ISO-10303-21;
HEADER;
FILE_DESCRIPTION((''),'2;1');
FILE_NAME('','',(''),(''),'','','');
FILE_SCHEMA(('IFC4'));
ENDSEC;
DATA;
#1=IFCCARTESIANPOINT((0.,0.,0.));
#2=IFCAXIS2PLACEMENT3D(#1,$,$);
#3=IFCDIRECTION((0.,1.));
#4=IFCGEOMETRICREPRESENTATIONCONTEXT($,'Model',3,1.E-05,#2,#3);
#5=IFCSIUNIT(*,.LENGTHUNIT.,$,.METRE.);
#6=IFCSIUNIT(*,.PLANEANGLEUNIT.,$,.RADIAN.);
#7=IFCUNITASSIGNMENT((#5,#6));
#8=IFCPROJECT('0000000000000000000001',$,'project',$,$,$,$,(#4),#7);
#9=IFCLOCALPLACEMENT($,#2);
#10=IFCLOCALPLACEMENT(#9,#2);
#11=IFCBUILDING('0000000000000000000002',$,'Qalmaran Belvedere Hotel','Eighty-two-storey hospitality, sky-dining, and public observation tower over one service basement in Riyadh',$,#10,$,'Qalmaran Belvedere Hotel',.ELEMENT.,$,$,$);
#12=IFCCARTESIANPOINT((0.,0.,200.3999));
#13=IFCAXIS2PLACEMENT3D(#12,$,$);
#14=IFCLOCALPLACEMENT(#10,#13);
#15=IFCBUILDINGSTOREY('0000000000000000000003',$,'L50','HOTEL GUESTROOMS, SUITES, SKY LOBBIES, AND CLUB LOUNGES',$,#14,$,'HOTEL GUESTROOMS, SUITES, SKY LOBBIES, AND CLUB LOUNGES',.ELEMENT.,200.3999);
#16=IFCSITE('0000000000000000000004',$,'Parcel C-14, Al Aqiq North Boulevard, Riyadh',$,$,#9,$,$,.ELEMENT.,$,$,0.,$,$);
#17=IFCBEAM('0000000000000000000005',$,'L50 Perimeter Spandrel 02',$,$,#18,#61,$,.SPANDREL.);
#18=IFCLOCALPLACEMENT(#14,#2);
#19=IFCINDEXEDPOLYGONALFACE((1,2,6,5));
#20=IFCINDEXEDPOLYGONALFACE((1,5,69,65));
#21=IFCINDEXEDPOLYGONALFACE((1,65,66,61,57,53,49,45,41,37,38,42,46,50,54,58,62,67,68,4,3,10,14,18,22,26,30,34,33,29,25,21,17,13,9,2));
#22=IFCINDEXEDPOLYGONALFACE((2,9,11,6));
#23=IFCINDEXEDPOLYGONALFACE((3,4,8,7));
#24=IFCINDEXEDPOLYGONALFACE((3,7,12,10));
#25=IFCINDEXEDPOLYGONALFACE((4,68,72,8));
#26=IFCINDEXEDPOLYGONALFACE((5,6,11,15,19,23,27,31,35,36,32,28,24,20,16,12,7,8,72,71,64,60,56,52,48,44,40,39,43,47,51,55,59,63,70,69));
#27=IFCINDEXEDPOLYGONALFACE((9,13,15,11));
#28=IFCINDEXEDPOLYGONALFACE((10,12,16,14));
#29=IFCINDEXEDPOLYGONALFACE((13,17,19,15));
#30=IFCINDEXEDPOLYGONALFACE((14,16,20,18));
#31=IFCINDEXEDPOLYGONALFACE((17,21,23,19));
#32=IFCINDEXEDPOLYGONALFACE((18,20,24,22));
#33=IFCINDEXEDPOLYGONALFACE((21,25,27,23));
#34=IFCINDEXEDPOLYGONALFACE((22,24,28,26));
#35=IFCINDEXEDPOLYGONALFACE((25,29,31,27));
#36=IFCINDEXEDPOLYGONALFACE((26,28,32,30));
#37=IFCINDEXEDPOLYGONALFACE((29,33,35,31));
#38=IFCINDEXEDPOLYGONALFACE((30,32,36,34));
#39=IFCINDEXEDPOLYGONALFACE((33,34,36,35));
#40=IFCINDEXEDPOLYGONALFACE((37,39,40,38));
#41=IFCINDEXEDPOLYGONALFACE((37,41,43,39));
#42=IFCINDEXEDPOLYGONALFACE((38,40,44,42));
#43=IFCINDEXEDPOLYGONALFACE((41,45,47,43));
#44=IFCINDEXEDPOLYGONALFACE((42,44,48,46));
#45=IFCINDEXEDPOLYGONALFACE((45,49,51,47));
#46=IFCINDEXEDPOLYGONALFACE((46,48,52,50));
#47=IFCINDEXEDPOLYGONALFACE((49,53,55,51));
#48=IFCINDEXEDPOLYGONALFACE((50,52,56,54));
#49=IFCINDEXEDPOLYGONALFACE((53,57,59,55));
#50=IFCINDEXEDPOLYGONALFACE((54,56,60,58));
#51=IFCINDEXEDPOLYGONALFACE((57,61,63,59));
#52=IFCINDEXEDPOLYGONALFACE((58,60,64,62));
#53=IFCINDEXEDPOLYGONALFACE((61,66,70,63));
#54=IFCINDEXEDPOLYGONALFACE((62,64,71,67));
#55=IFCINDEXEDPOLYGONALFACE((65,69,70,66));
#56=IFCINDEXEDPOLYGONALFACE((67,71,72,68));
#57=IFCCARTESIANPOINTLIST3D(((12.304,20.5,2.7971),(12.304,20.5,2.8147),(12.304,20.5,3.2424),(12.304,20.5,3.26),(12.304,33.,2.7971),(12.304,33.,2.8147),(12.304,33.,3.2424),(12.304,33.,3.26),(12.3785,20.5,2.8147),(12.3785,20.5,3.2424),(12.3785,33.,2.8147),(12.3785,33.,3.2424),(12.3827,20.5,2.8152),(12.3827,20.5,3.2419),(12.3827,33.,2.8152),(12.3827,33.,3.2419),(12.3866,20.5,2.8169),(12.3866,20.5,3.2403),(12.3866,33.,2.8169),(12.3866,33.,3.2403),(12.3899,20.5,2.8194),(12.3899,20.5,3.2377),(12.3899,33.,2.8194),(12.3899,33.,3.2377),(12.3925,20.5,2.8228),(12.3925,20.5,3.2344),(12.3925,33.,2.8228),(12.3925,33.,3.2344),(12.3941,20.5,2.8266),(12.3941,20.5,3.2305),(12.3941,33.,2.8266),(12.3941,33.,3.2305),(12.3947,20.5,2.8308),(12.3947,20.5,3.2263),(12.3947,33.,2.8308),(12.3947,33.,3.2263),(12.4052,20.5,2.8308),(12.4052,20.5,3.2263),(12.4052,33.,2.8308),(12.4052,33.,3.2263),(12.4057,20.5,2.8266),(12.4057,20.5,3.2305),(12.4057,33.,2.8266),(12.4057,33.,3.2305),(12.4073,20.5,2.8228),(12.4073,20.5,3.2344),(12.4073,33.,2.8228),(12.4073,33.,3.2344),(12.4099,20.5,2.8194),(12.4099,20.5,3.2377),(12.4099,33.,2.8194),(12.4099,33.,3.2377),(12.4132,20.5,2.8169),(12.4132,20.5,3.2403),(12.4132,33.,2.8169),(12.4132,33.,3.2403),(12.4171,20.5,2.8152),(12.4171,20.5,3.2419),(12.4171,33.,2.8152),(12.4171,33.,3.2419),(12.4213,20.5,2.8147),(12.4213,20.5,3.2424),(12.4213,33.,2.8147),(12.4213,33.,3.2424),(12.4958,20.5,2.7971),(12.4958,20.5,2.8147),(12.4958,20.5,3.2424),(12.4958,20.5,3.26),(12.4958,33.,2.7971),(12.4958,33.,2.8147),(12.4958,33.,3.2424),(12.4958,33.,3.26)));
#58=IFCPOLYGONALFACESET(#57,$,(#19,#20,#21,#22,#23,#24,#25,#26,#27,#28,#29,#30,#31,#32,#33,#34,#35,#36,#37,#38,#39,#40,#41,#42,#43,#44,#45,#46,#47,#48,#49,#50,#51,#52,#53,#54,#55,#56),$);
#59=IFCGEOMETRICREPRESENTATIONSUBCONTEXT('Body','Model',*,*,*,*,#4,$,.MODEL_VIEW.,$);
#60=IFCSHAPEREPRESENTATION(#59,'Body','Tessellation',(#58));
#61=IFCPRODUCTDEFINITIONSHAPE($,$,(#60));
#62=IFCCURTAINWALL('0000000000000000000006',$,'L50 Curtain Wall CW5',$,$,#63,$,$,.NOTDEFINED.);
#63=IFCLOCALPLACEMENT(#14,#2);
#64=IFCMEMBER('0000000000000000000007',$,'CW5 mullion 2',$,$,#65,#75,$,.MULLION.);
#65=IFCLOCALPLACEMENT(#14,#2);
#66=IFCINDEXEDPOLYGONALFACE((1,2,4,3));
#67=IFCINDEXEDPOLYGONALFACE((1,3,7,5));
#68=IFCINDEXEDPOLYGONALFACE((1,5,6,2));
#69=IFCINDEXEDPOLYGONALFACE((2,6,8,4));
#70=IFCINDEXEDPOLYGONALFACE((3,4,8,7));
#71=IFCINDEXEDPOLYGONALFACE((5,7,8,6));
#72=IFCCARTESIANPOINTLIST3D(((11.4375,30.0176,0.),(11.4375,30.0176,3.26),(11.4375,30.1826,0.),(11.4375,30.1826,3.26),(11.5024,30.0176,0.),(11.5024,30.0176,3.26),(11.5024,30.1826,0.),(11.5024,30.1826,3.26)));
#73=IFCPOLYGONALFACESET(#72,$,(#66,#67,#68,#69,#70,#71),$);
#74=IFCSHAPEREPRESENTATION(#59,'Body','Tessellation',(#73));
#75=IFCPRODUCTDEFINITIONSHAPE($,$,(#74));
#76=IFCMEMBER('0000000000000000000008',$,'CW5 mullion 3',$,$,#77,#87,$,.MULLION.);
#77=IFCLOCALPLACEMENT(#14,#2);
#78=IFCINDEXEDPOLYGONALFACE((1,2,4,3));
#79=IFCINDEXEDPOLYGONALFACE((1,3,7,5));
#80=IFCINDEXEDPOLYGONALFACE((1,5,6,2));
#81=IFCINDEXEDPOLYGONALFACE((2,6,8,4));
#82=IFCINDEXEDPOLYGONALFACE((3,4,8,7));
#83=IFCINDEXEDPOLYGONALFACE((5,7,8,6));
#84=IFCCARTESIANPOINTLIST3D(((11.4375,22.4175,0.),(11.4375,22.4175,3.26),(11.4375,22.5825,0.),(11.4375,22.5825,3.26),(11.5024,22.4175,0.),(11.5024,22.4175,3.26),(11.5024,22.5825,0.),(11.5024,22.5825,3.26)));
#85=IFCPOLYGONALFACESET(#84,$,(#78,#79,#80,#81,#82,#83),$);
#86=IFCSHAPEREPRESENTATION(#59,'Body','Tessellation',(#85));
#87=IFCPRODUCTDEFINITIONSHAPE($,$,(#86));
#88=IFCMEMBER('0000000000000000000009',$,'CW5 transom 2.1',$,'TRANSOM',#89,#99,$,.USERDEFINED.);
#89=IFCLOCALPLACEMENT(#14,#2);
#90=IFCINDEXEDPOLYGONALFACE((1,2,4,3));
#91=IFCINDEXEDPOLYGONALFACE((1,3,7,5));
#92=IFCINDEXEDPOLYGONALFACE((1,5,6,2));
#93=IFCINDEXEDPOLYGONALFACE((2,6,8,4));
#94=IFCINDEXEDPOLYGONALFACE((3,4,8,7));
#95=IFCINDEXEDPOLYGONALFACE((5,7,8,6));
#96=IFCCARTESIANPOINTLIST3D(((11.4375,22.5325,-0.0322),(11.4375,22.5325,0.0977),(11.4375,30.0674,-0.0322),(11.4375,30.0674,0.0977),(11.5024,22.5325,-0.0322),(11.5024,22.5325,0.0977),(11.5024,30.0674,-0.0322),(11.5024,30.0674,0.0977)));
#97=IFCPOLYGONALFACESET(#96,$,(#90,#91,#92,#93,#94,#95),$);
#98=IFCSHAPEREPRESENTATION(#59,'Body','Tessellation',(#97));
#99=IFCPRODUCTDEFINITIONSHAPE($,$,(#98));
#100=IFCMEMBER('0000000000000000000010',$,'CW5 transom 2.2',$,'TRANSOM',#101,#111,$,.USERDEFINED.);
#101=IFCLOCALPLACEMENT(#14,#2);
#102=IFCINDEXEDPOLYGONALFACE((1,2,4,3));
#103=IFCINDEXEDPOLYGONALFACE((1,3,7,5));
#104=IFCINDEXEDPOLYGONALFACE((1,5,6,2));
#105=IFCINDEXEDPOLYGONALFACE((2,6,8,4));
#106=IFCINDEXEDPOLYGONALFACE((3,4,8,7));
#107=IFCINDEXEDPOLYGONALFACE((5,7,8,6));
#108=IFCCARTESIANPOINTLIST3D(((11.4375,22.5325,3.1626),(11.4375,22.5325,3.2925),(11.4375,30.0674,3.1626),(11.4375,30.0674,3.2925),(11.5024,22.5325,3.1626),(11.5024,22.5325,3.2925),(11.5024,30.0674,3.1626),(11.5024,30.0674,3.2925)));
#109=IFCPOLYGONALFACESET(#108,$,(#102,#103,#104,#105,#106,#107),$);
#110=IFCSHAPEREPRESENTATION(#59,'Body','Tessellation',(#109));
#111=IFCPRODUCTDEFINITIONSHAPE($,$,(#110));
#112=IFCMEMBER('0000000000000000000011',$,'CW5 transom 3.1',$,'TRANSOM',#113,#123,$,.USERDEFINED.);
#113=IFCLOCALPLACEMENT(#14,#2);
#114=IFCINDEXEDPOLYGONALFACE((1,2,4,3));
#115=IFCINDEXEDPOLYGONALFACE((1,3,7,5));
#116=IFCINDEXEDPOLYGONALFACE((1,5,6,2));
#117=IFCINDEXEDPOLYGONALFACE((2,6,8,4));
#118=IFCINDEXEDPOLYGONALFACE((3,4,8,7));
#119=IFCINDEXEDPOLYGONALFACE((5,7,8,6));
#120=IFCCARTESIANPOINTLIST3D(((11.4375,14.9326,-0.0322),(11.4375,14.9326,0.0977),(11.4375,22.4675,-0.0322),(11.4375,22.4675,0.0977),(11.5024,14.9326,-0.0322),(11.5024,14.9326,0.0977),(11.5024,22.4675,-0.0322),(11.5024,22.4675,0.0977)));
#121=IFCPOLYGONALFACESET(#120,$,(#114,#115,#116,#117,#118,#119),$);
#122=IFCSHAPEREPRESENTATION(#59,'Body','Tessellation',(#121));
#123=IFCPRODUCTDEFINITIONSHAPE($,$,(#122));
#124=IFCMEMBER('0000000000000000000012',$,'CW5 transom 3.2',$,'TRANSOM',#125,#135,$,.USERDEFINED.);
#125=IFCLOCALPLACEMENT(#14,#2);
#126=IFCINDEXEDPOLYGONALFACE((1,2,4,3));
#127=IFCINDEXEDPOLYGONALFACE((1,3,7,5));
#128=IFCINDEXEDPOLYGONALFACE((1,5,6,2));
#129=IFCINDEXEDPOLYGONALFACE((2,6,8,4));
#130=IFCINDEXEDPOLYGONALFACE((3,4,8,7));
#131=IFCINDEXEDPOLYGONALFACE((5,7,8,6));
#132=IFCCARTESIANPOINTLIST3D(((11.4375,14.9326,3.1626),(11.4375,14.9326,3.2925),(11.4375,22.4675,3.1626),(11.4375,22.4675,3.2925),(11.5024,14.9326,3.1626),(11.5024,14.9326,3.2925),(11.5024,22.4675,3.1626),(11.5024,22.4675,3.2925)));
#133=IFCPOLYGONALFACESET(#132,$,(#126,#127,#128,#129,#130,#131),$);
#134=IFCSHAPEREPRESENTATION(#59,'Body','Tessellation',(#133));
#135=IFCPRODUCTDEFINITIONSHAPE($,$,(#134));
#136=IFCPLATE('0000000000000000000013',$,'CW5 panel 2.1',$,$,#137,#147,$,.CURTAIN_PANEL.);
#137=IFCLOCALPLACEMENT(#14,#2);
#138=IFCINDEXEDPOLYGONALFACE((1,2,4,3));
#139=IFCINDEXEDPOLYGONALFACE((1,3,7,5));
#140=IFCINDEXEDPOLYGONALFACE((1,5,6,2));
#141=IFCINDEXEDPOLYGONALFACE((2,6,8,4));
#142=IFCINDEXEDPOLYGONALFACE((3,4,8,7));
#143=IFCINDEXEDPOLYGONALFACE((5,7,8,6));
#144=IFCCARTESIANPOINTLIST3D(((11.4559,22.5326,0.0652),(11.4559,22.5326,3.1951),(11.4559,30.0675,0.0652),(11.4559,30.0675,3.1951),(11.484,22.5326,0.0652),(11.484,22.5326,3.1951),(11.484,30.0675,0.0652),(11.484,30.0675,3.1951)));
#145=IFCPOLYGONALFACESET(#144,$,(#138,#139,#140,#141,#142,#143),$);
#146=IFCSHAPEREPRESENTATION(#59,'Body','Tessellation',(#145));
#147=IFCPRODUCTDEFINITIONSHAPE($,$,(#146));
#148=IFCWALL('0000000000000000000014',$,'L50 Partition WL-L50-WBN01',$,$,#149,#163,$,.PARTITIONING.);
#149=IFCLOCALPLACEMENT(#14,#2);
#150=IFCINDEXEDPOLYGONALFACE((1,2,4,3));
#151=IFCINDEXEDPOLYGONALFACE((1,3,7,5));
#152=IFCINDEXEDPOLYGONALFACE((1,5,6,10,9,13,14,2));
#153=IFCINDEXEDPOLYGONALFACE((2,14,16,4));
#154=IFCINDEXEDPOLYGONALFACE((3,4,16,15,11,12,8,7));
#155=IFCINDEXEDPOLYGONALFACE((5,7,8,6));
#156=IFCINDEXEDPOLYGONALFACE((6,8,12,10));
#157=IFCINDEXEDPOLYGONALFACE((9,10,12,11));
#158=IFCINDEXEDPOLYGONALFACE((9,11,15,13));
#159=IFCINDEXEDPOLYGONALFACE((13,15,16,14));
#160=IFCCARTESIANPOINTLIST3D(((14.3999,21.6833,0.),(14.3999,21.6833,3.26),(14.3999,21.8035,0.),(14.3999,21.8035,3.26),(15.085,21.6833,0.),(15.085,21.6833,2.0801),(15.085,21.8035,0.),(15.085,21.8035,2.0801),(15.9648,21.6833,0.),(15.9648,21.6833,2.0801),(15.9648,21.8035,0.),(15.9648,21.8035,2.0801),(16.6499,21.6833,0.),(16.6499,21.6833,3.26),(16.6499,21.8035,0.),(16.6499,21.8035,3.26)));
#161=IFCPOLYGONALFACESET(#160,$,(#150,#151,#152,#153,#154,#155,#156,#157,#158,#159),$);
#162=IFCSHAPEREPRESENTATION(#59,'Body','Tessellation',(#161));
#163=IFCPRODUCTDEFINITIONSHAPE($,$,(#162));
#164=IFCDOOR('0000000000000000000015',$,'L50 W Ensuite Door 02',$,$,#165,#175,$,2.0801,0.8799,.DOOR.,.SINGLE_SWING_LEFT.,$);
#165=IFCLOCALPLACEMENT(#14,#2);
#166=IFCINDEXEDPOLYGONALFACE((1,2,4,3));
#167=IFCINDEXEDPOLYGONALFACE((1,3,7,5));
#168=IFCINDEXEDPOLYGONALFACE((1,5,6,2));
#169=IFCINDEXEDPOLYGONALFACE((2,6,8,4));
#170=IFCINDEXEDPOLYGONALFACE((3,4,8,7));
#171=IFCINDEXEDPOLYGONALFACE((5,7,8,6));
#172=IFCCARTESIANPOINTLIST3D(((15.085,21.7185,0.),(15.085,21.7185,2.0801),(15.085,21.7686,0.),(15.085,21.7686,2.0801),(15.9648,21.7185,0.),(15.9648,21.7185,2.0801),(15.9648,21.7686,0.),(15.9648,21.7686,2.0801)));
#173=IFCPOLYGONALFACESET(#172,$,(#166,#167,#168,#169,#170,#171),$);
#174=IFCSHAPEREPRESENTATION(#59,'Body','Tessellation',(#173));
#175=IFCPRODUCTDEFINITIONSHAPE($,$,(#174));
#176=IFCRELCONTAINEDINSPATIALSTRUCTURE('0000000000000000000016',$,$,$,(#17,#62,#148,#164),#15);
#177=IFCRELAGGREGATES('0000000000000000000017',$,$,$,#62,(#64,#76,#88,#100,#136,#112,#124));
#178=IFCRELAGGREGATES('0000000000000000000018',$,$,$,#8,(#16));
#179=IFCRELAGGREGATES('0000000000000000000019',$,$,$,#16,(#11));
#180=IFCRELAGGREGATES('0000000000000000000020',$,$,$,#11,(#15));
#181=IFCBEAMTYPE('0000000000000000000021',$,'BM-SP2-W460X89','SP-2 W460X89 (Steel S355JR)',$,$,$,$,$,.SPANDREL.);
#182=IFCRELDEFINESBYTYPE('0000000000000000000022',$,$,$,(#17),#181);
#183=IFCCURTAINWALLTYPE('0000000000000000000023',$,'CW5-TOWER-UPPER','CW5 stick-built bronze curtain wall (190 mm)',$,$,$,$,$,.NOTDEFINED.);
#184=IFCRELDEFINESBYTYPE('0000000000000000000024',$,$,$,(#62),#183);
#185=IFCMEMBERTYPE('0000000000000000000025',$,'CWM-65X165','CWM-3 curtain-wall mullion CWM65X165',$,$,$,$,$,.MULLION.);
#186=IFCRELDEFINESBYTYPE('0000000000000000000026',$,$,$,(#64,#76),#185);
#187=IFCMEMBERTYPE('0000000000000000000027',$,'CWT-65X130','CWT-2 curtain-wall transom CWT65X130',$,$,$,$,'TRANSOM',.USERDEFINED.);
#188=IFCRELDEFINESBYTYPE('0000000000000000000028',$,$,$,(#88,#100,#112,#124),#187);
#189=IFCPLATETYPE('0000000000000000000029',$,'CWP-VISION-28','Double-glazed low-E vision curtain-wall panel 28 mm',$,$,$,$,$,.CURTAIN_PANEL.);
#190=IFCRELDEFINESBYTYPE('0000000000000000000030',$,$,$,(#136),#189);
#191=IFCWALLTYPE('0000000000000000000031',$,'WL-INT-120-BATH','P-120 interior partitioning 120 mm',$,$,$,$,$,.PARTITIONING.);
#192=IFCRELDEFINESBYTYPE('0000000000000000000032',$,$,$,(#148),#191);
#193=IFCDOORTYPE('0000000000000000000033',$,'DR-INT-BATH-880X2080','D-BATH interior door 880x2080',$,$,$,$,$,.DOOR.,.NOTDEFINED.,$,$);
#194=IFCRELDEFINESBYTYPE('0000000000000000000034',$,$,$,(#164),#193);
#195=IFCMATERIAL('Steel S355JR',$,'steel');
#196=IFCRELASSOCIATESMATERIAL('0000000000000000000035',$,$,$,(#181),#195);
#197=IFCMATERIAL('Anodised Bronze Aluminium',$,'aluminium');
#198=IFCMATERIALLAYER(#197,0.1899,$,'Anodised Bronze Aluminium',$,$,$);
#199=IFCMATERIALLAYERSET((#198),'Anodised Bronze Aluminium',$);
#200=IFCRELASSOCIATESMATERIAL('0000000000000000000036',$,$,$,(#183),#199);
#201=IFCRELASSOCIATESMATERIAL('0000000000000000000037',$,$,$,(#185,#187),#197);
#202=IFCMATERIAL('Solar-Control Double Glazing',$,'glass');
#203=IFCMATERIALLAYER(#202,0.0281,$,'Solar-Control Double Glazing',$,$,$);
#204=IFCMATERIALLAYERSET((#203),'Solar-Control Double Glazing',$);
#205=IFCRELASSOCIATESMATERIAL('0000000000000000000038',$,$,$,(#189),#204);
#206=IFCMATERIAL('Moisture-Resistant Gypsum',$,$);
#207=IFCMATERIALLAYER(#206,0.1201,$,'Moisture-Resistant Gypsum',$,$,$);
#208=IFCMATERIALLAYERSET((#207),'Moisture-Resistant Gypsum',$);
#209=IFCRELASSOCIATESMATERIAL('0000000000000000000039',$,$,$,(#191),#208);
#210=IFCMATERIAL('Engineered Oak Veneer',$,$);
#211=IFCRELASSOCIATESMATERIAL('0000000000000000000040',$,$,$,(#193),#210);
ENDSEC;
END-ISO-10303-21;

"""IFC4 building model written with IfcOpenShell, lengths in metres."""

from ifc_helpers import new_model, si_unit, direction, frame, frame_2d, origin, origin_2d, place, context, subcontext, project, spatial, rectangle, i_section, extrude, material, layer, layer_set, material_profile, profile_set, type_object, element, fill, aggregate, save


model = new_model("IFC4")

# Units and contexts
model_context = context("Model", 3, precision=1e-05, world=origin(), true_north=direction((0.0, 1.0)))
body_context = subcontext(model_context, "Body", "Model", "MODEL_VIEW")
ifc_project = project(units=[si_unit("LENGTHUNIT", "METRE"), si_unit("PLANEANGLEUNIT", "RADIAN")], contexts=[model_context])

# Site, building, storey
site_placement = place(None, origin())
site = spatial("IfcSite", under=ifc_project, at=site_placement, Name="Parcel C-14, Al Aqiq North Boulevard, Riyadh", CompositionType="ELEMENT", RefElevation=0.0)
building_placement = place(site_placement, origin())
building = spatial("IfcBuilding", under=site, at=building_placement, Name="Qalmaran Belvedere Hotel", Description="Eighty-two-storey hospitality, sky-dining, and public observation tower over one service basement in Riyadh", LongName="Qalmaran Belvedere Hotel", CompositionType="ELEMENT")
storey_placement = place(building_placement, frame((0.0, 0.0, 200.3999)))
storey = spatial("IfcBuildingStorey", under=building, at=storey_placement, Name="L50", Description="HOTEL GUESTROOMS, SUITES, SKY LOBBIES, AND CLUB LOUNGES", LongName="HOTEL GUESTROOMS, SUITES, SKY LOBBIES, AND CLUB LOUNGES", CompositionType="ELEMENT", Elevation=200.3999)

# Beam
ifc_material_1 = material(Name="Steel S355JR", Category="steel")
ifc_material_profile_1 = material_profile(ifc_material_1, i_section(OverallWidth=0.1919, OverallDepth=0.4629, WebThickness=0.0105, FlangeThickness=0.0176, FilletRadius=0.0161, at=origin_2d()), Name="W460X89")
ifc_profile_set_1 = profile_set([ifc_material_profile_1], Name="Steel S355JR")
beam_type_1 = type_object("IfcBeamType", Name="BM-SP2-W460X89", Description="SP-2 W460X89 (Steel S355JR)", PredefinedType="SPANDREL", material=ifc_profile_set_1)
beam_1_placement = place(storey_placement, frame((12.3999, 20.5, 3.0286), z_axis=(0.0, 1.0, 0.0), x_axis=(-1.0, 0.0, 0.0)))
element("IfcBeam", 1, at=beam_1_placement, inside=storey, type_object=beam_type_1, Name="L50 Perimeter Spandrel 02", PredefinedType="SPANDREL", context=body_context, shape_type="SweptSolid", body=[
    extrude(i_section(OverallWidth=0.1919, OverallDepth=0.4629, WebThickness=0.0105, FlangeThickness=0.0176, FilletRadius=0.0161, at=origin_2d()), origin(), (0.0, 0.0, 1.0), 12.5),
])

# Curtain wall, members, plate
ifc_material_2 = material(Name="Anodised Bronze Aluminium", Category="aluminium")
ifc_layer_1 = layer(ifc_material_2, 0.1899, Name="Anodised Bronze Aluminium")
ifc_layer_set_1 = layer_set([ifc_layer_1], Name="Anodised Bronze Aluminium")
curtain_wall_type = type_object("IfcCurtainWallType", Name="CW5-TOWER-UPPER", Description="CW5 stick-built bronze curtain wall (190 mm)", PredefinedType="NOTDEFINED", material=ifc_layer_set_1)
curtain_wall_placement = place(storey_placement, origin())
curtain_wall = element("IfcCurtainWall", 2, at=curtain_wall_placement, inside=storey, type_object=curtain_wall_type, Name="L50 Curtain Wall CW5", PredefinedType="NOTDEFINED")
ifc_material_profile_2 = material_profile(ifc_material_2, rectangle(XDim=0.0649, YDim=0.165, at=origin_2d()), Name="CWM65X165")
ifc_profile_set_2 = profile_set([ifc_material_profile_2], Name="Anodised Bronze Aluminium")
member_type_1 = type_object("IfcMemberType", Name="CWM-65X165", Description="CWM-3 curtain-wall mullion CWM65X165", PredefinedType="MULLION", material=ifc_profile_set_2)
member_1_placement = place(storey_placement, frame((11.47, 30.1001, 0.0), z_axis=(0.0, 0.0, 1.0), x_axis=(1.0, 0.0, 0.0)))
member_1 = element("IfcMember", 3, at=member_1_placement, type_object=member_type_1, Name="CW5 mullion 2", PredefinedType="MULLION", context=body_context, shape_type="SweptSolid", body=[
    extrude(rectangle(XDim=0.0649, YDim=0.165, at=origin_2d()), origin(), (0.0, 0.0, 1.0), 3.26),
])
member_2_placement = place(storey_placement, frame((11.47, 22.5, 0.0), z_axis=(0.0, 0.0, 1.0), x_axis=(1.0, 0.0, 0.0)))
member_2 = element("IfcMember", 4, at=member_2_placement, type_object=member_type_1, Name="CW5 mullion 3", PredefinedType="MULLION", context=body_context, shape_type="SweptSolid", body=[
    extrude(rectangle(XDim=0.0649, YDim=0.165, at=origin_2d()), origin(), (0.0, 0.0, 1.0), 3.26),
])
ifc_material_profile_3 = material_profile(ifc_material_2, rectangle(XDim=0.0649, YDim=0.1299, at=origin_2d()), Name="CWT65X130")
ifc_profile_set_3 = profile_set([ifc_material_profile_3], Name="Anodised Bronze Aluminium")
member_type_2 = type_object("IfcMemberType", Name="CWT-65X130", Description="CWT-2 curtain-wall transom CWT65X130", ElementType="TRANSOM", PredefinedType="USERDEFINED", material=ifc_profile_set_3)
member_3_placement = place(storey_placement, frame((11.47, 30.0674, 0.0327), z_axis=(0.0, -1.0, 0.0), x_axis=(1.0, 0.0, 0.0)))
member_3 = element("IfcMember", 5, at=member_3_placement, type_object=member_type_2, Name="CW5 transom 2.1", ObjectType="TRANSOM", PredefinedType="USERDEFINED", context=body_context, shape_type="SweptSolid", body=[
    extrude(rectangle(XDim=0.0649, YDim=0.1299, at=origin_2d()), origin(), (0.0, 0.0, 1.0), 7.5349),
])
member_4_placement = place(storey_placement, frame((11.47, 30.0674, 3.2275), z_axis=(0.0, -1.0, 0.0), x_axis=(1.0, 0.0, 0.0)))
member_4 = element("IfcMember", 6, at=member_4_placement, type_object=member_type_2, Name="CW5 transom 2.2", ObjectType="TRANSOM", PredefinedType="USERDEFINED", context=body_context, shape_type="SweptSolid", body=[
    extrude(rectangle(XDim=0.0649, YDim=0.1299, at=origin_2d()), origin(), (0.0, 0.0, 1.0), 7.5349),
])
member_5_placement = place(storey_placement, frame((11.47, 22.4675, 0.0327), z_axis=(0.0, -1.0, 0.0), x_axis=(1.0, 0.0, 0.0)))
member_5 = element("IfcMember", 7, at=member_5_placement, type_object=member_type_2, Name="CW5 transom 3.1", ObjectType="TRANSOM", PredefinedType="USERDEFINED", context=body_context, shape_type="SweptSolid", body=[
    extrude(rectangle(XDim=0.0649, YDim=0.1299, at=origin_2d()), origin(), (0.0, 0.0, 1.0), 7.5349),
])
member_6_placement = place(storey_placement, frame((11.47, 22.4675, 3.2275), z_axis=(0.0, -1.0, 0.0), x_axis=(1.0, 0.0, 0.0)))
member_6 = element("IfcMember", 8, at=member_6_placement, type_object=member_type_2, Name="CW5 transom 3.2", ObjectType="TRANSOM", PredefinedType="USERDEFINED", context=body_context, shape_type="SweptSolid", body=[
    extrude(rectangle(XDim=0.0649, YDim=0.1299, at=origin_2d()), origin(), (0.0, 0.0, 1.0), 7.5349),
])
ifc_material_3 = material(Name="Solar-Control Double Glazing", Category="glass")
ifc_layer_2 = layer(ifc_material_3, 0.0281, Name="Solar-Control Double Glazing")
ifc_layer_set_2 = layer_set([ifc_layer_2], Name="Solar-Control Double Glazing")
plate_type = type_object("IfcPlateType", Name="CWP-VISION-28", Description="Double-glazed low-E vision curtain-wall panel 28 mm", PredefinedType="CURTAIN_PANEL", material=ifc_layer_set_2)
plate_placement = place(storey_placement, frame((11.47, 26.3, 0.0652), z_axis=(0.0, 0.0, 1.0), x_axis=(0.0, -1.0, 0.0)))
plate = element("IfcPlate", 9, at=plate_placement, type_object=plate_type, Name="CW5 panel 2.1", PredefinedType="CURTAIN_PANEL", context=body_context, shape_type="SweptSolid", body=[
    extrude(rectangle(XDim=7.5349, YDim=0.0281, at=origin_2d()), origin(), (0.0, 0.0, 1.0), 3.1299),
])
aggregate(curtain_wall, [member_1, member_2, member_3, member_4, plate, member_5, member_6])

# Wall, opening, door
ifc_material_4 = material(Name="Moisture-Resistant Gypsum")
ifc_layer_3 = layer(ifc_material_4, 0.1201, Name="Moisture-Resistant Gypsum")
ifc_layer_set_3 = layer_set([ifc_layer_3], Name="Moisture-Resistant Gypsum")
wall_type_1 = type_object("IfcWallType", Name="WL-INT-120-BATH", Description="P-120 interior partitioning 120 mm", PredefinedType="PARTITIONING", material=ifc_layer_set_3)
wall_1_placement = place(storey_placement, frame((14.3999, 21.7434, 0.0), z_axis=(0.0, 0.0, 1.0), x_axis=(1.0, 0.0, 0.0)))
wall_1 = element("IfcWall", 10, at=wall_1_placement, inside=storey, type_object=wall_type_1, Name="L50 Partition WL-L50-WBN01", PredefinedType="PARTITIONING", context=body_context, shape_type="SweptSolid", body=[
    extrude(rectangle(XDim=2.25, YDim=0.1201, at=frame_2d((1.125, 0.0))), origin(), (0.0, 0.0, 1.0), 3.26),
])
opening_1_placement = place(wall_1_placement, frame((1.5649, 0.0, 0.0), z_axis=(0.0, 0.0, 1.0), x_axis=(-1.0, 0.0, 0.0)))
opening_1 = element("IfcOpeningElement", 11, at=opening_1_placement, cuts=wall_1, PredefinedType="OPENING", context=body_context, shape_type="SweptSolid", body=[
    extrude(rectangle(XDim=0.8799, YDim=2.0801, at=frame_2d((0.4399, 1.04))), frame((0.0, 0.0701, 0.0), z_axis=(0.0, -1.0, 0.0), x_axis=(1.0, 0.0, 0.0)), (0.0, 0.0, 1.0), 0.1401),
])
ifc_material_5 = material(Name="Engineered Oak Veneer")
door_type_1 = type_object("IfcDoorType", Name="DR-INT-BATH-880X2080", Description="D-BATH interior door 880x2080", OperationType="NOTDEFINED", PredefinedType="DOOR", material=ifc_material_5)
door_1_placement = place(opening_1_placement, origin())
door_1 = element("IfcDoor", 12, at=door_1_placement, inside=storey, type_object=door_type_1, Name="L50 W Ensuite Door 02", OperationType="SINGLE_SWING_LEFT", OverallHeight=2.0801, OverallWidth=0.8799, PredefinedType="DOOR", context=body_context, shape_type="SweptSolid", body=[
    extrude(rectangle(XDim=0.8799, YDim=2.0801, at=frame_2d((0.4399, 1.04))), frame((0.0, 0.0249, 0.0), z_axis=(0.0, -1.0, 0.0), x_axis=(1.0, 0.0, 0.0)), (0.0, 0.0, 1.0), 0.05),
])
fill(opening_1, door_1)

save(model, "model.ifc")
